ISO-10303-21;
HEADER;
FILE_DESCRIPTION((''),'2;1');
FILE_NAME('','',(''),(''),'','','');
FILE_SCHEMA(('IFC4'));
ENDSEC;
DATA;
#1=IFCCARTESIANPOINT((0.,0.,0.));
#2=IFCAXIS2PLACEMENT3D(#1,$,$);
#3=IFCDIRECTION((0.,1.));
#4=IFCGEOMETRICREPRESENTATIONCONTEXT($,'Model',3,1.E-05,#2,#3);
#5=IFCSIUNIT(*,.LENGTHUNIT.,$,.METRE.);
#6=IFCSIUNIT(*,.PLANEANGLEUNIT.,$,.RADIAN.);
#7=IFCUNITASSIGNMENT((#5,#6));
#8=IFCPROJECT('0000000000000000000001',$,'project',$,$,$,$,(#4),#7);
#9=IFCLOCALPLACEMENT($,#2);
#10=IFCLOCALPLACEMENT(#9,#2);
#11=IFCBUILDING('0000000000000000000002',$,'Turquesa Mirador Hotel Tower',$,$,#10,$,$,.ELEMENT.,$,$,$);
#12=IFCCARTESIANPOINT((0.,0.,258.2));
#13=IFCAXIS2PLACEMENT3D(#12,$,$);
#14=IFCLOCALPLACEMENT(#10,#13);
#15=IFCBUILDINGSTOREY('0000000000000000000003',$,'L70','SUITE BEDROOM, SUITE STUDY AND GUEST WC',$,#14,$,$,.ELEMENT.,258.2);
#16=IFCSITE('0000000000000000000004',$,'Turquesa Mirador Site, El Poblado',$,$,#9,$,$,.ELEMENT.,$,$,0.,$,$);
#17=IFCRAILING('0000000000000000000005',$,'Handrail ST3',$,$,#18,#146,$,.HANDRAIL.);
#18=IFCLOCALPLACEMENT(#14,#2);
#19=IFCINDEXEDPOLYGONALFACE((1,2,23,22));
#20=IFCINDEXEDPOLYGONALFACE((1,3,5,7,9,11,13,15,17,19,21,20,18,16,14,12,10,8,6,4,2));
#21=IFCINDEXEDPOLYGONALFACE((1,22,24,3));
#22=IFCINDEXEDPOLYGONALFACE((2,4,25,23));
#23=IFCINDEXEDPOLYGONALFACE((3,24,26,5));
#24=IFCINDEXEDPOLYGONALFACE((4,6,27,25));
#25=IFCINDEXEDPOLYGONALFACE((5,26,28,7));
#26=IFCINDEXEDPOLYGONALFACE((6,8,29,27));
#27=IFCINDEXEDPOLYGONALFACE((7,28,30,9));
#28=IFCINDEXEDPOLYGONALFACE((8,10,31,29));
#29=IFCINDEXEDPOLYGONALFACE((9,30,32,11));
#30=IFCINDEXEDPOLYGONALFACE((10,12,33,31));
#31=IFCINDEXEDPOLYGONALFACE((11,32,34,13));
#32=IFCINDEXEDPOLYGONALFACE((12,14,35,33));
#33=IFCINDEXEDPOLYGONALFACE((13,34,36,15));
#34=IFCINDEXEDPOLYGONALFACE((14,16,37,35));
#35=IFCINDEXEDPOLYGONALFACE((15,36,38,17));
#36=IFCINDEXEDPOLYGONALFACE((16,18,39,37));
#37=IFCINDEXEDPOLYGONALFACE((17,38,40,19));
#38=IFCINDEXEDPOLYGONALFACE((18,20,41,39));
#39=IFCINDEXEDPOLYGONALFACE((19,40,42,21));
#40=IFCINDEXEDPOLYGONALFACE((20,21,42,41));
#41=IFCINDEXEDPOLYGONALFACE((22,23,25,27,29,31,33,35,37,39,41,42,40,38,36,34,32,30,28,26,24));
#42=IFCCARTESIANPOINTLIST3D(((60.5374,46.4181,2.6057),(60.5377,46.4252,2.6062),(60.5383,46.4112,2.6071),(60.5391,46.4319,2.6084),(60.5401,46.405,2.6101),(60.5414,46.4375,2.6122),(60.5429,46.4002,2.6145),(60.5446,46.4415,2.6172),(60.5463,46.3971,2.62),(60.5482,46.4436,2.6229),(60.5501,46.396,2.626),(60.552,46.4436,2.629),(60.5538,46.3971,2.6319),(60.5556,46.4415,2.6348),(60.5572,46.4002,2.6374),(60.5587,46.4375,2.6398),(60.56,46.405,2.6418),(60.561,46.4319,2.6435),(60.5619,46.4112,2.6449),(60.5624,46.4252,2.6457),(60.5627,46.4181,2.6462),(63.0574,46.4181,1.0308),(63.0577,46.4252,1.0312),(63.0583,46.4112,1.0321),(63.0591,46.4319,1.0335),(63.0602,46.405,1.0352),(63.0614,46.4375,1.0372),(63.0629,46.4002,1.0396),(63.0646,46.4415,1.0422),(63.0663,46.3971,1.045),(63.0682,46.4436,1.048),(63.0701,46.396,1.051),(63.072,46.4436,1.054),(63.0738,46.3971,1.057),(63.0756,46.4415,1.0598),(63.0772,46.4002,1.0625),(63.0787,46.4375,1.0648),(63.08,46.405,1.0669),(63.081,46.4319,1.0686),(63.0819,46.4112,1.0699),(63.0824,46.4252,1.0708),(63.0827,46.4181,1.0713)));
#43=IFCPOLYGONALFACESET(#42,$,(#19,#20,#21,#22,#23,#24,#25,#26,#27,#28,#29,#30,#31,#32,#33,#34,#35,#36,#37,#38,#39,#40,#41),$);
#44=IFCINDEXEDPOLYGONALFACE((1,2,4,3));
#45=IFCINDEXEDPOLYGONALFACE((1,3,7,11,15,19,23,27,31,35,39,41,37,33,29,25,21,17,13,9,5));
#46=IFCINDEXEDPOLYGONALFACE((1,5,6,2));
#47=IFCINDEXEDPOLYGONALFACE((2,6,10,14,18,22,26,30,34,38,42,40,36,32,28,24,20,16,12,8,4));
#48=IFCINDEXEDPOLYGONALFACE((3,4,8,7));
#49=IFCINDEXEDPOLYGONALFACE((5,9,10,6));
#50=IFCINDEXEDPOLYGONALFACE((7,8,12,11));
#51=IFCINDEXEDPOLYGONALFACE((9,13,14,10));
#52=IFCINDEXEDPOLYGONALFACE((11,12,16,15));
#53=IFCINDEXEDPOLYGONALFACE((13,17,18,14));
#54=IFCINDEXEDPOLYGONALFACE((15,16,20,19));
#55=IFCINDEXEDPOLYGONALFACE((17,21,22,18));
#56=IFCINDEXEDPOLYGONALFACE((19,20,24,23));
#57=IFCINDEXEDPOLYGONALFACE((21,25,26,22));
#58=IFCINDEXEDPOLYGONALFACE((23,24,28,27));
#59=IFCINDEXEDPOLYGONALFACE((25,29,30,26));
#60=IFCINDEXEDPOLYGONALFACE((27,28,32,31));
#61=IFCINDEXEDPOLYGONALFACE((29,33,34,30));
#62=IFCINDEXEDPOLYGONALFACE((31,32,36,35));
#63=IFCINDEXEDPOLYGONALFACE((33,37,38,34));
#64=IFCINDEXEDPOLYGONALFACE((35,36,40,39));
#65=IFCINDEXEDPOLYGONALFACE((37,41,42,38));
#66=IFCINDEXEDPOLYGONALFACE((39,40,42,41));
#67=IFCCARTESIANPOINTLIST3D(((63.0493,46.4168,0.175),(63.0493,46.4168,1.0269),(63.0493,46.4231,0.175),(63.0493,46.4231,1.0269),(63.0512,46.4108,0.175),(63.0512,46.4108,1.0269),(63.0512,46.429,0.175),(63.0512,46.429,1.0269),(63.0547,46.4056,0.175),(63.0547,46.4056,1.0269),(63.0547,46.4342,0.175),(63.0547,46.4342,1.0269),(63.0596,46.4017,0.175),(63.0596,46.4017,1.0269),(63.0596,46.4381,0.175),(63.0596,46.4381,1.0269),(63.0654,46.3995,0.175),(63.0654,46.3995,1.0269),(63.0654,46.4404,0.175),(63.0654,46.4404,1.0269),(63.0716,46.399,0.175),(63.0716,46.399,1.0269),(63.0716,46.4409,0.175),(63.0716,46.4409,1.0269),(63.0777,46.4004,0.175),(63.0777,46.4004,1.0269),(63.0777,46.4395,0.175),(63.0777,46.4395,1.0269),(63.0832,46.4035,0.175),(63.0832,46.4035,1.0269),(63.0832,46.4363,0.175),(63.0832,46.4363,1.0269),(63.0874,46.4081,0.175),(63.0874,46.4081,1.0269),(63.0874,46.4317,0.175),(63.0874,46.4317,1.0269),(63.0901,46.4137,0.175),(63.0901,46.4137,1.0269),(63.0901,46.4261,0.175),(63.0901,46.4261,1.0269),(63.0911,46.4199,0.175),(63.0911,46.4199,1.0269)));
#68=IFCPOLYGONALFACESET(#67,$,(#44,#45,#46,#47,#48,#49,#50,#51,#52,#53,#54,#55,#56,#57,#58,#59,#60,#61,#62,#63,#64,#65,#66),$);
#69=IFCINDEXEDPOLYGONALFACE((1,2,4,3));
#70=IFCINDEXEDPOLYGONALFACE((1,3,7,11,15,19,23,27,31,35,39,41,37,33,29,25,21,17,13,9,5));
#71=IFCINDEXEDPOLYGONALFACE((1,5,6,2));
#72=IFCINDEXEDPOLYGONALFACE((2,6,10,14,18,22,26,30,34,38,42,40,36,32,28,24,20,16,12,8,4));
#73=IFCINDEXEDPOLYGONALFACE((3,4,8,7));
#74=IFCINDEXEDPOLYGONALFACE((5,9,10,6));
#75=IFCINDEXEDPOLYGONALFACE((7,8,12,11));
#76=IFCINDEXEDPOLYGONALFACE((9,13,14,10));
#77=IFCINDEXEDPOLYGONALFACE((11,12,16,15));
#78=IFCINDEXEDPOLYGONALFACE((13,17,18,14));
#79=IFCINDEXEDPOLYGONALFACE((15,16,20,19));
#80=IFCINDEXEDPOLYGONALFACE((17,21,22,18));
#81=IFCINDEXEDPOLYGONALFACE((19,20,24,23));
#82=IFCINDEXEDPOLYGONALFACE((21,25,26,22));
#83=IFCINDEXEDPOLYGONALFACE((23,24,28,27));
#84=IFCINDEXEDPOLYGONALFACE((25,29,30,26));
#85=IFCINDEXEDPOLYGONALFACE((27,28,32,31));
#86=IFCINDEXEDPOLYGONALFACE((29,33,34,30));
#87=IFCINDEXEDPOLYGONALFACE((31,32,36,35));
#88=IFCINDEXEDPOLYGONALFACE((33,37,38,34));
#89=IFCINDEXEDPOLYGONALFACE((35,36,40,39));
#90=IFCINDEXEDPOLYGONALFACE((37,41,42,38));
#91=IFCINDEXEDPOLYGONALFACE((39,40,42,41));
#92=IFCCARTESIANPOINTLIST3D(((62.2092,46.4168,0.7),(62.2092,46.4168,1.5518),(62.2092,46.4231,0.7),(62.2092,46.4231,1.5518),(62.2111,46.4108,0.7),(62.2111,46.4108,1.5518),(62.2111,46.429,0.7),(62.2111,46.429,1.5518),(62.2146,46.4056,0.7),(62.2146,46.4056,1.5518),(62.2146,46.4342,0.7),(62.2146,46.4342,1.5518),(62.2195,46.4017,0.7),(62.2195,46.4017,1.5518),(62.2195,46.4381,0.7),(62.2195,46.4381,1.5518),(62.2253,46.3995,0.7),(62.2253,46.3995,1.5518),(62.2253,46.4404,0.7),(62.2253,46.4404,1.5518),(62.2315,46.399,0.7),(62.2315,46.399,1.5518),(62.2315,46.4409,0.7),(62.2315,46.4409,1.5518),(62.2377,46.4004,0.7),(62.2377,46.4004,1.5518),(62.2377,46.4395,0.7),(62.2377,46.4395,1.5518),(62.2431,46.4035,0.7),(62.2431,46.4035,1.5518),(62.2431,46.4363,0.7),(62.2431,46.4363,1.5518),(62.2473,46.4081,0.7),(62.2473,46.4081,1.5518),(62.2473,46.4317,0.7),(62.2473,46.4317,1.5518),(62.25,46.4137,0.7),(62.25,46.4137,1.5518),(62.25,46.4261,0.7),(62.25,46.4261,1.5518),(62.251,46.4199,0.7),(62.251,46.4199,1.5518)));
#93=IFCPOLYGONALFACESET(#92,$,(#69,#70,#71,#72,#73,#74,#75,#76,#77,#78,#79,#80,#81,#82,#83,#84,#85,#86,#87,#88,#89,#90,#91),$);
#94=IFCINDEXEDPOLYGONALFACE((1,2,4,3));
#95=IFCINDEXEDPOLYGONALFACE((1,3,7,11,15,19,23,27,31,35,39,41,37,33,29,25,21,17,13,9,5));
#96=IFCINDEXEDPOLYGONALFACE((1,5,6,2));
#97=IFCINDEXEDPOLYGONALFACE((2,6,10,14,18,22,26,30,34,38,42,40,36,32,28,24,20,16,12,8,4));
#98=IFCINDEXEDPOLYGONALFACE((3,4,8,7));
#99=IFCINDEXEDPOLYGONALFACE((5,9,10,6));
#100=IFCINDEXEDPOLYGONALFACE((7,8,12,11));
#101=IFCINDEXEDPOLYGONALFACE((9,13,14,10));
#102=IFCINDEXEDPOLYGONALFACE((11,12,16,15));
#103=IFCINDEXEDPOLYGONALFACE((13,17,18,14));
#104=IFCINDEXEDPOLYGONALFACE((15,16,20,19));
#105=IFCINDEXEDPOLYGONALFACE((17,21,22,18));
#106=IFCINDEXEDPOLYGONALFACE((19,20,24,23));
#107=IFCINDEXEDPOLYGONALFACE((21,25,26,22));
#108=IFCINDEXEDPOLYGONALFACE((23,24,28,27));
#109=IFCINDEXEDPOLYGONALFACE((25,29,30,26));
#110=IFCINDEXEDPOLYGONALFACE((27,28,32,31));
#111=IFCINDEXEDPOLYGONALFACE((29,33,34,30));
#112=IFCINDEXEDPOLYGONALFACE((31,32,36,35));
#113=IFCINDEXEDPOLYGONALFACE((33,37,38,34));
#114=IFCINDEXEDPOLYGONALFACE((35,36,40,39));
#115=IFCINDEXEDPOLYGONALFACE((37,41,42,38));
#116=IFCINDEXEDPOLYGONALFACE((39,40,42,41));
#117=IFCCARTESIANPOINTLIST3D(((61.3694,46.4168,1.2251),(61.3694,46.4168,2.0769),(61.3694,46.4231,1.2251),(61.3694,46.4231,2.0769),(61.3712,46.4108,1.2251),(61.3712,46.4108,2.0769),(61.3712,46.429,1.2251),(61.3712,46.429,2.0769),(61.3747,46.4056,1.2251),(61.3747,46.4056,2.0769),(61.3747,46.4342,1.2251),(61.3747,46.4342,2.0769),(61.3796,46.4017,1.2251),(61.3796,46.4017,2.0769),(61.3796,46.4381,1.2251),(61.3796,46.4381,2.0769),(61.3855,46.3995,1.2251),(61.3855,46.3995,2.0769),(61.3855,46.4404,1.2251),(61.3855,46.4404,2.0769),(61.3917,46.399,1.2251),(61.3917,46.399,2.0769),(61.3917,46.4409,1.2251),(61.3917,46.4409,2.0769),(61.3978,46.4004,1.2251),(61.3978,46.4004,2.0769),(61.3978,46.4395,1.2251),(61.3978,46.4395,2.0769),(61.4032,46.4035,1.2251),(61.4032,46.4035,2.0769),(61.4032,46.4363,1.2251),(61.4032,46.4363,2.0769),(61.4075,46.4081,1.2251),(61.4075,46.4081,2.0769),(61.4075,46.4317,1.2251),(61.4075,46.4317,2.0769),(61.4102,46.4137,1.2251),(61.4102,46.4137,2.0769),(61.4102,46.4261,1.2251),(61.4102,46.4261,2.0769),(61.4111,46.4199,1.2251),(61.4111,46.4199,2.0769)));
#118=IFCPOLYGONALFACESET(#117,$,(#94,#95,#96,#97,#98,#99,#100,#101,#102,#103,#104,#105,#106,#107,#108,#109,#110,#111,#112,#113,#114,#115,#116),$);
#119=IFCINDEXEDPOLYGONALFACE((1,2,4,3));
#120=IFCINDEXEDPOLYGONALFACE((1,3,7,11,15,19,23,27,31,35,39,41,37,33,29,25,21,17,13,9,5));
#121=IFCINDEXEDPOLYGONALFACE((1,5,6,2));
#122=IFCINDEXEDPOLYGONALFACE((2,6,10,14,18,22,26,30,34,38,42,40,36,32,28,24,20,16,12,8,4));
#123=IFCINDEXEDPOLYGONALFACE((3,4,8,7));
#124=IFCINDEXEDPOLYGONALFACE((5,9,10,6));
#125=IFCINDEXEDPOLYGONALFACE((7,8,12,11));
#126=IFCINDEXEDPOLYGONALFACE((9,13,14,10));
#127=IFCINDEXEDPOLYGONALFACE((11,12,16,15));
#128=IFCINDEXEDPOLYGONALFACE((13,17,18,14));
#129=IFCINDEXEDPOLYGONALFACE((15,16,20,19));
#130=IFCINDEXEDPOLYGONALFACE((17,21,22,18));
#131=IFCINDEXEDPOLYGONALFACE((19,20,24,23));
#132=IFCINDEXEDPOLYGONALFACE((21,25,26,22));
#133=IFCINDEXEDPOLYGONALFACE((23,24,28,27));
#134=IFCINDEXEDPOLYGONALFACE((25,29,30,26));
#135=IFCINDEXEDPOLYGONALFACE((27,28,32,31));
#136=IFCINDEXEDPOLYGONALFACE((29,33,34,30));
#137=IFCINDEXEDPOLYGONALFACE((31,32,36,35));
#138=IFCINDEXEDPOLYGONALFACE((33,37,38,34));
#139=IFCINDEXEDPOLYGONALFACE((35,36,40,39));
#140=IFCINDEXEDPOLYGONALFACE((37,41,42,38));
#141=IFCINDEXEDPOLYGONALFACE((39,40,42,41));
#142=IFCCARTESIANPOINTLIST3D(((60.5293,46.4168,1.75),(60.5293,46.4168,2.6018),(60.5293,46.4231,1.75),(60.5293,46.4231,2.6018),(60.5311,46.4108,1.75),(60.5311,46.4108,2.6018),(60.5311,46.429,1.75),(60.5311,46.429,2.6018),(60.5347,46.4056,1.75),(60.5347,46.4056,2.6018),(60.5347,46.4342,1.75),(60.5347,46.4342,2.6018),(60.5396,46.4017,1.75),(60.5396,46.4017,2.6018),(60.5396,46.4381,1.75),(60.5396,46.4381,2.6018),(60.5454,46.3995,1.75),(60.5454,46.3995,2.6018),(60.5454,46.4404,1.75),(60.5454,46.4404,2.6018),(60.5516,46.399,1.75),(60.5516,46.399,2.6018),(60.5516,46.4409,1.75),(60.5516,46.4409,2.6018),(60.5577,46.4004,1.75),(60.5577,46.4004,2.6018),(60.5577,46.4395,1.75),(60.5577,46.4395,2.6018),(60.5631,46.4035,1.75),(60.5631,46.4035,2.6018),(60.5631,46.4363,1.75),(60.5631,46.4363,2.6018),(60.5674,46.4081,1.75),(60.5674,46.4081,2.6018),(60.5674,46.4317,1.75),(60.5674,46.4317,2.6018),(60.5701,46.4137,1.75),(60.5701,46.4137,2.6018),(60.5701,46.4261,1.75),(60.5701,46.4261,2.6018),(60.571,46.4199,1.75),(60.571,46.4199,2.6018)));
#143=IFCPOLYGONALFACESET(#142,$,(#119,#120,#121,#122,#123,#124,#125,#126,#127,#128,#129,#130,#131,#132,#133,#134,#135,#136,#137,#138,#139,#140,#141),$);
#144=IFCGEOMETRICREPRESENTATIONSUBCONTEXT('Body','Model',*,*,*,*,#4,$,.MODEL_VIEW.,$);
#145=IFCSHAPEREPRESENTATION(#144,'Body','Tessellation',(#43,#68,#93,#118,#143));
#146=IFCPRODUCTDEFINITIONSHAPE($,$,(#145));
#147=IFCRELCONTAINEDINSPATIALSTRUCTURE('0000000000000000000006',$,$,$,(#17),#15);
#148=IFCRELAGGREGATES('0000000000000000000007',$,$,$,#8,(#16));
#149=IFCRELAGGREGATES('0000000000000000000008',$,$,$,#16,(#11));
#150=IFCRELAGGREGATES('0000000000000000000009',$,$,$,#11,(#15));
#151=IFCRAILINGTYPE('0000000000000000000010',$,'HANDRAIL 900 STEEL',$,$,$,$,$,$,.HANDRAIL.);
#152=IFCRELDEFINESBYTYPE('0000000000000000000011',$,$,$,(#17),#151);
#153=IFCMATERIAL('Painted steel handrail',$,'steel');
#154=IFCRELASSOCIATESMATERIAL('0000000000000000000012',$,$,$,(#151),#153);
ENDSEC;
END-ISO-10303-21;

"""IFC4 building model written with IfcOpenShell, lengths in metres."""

from ifc_helpers import new_model, si_unit, direction, frame, origin, origin_2d, place, context, subcontext, project, spatial, circle, extrude, material, type_object, element, save


model = new_model("IFC4")

# Units and contexts
model_context = context("Model", 3, precision=1e-05, world=origin(), true_north=direction((0.0, 1.0)))
body_context = subcontext(model_context, "Body", "Model", "MODEL_VIEW")
ifc_project = project(units=[si_unit("LENGTHUNIT", "METRE"), si_unit("PLANEANGLEUNIT", "RADIAN")], contexts=[model_context])

# Site, building, storey
site_placement = place(None, origin())
site = spatial("IfcSite", under=ifc_project, at=site_placement, Name="Turquesa Mirador Site, El Poblado", CompositionType="ELEMENT", RefElevation=0.0)
building_placement = place(site_placement, origin())
building = spatial("IfcBuilding", under=site, at=building_placement, Name="Turquesa Mirador Hotel Tower", CompositionType="ELEMENT")
storey_placement = place(building_placement, frame((0.0, 0.0, 258.2)))
storey = spatial("IfcBuildingStorey", under=building, at=storey_placement, Name="L70", Description="SUITE BEDROOM, SUITE STUDY AND GUEST WC", CompositionType="ELEMENT", Elevation=258.2)

# Railing
ifc_material_1 = material(Name="Painted steel handrail", Category="steel")
railing_type = type_object("IfcRailingType", Name="HANDRAIL 900 STEEL", PredefinedType="HANDRAIL", material=ifc_material_1)
railing_1_placement = place(storey_placement, frame((63.0701, 46.4199, 0.175)))
element("IfcRailing", 1, at=railing_1_placement, inside=storey, type_object=railing_type, Name="Handrail ST3", PredefinedType="HANDRAIL", context=body_context, shape_type="SweptSolid", body=[
    extrude(circle(Radius=0.0239, at=origin_2d()), frame((0.0, 0.0, 0.876), z_axis=(-0.848008, 0.0, 0.529984), x_axis=(0.0, -1.0, 0.0)), (0.0, 0.0, 1.0), 2.9717),
    extrude(circle(Radius=0.021, at=origin_2d()), origin(), (0.0, 0.0, 1.0), 0.8518),
    extrude(circle(Radius=0.021, at=origin_2d()), frame((-0.8401, 0.0, 0.5249)), (0.0, 0.0, 1.0), 0.8518),
    extrude(circle(Radius=0.021, at=origin_2d()), frame((-1.6799, 0.0, 1.05)), (0.0, 0.0, 1.0), 0.8518),
    extrude(circle(Radius=0.021, at=origin_2d()), frame((-2.52, 0.0, 1.575)), (0.0, 0.0, 1.0), 0.8518),
])

save(model, "model.ifc")
